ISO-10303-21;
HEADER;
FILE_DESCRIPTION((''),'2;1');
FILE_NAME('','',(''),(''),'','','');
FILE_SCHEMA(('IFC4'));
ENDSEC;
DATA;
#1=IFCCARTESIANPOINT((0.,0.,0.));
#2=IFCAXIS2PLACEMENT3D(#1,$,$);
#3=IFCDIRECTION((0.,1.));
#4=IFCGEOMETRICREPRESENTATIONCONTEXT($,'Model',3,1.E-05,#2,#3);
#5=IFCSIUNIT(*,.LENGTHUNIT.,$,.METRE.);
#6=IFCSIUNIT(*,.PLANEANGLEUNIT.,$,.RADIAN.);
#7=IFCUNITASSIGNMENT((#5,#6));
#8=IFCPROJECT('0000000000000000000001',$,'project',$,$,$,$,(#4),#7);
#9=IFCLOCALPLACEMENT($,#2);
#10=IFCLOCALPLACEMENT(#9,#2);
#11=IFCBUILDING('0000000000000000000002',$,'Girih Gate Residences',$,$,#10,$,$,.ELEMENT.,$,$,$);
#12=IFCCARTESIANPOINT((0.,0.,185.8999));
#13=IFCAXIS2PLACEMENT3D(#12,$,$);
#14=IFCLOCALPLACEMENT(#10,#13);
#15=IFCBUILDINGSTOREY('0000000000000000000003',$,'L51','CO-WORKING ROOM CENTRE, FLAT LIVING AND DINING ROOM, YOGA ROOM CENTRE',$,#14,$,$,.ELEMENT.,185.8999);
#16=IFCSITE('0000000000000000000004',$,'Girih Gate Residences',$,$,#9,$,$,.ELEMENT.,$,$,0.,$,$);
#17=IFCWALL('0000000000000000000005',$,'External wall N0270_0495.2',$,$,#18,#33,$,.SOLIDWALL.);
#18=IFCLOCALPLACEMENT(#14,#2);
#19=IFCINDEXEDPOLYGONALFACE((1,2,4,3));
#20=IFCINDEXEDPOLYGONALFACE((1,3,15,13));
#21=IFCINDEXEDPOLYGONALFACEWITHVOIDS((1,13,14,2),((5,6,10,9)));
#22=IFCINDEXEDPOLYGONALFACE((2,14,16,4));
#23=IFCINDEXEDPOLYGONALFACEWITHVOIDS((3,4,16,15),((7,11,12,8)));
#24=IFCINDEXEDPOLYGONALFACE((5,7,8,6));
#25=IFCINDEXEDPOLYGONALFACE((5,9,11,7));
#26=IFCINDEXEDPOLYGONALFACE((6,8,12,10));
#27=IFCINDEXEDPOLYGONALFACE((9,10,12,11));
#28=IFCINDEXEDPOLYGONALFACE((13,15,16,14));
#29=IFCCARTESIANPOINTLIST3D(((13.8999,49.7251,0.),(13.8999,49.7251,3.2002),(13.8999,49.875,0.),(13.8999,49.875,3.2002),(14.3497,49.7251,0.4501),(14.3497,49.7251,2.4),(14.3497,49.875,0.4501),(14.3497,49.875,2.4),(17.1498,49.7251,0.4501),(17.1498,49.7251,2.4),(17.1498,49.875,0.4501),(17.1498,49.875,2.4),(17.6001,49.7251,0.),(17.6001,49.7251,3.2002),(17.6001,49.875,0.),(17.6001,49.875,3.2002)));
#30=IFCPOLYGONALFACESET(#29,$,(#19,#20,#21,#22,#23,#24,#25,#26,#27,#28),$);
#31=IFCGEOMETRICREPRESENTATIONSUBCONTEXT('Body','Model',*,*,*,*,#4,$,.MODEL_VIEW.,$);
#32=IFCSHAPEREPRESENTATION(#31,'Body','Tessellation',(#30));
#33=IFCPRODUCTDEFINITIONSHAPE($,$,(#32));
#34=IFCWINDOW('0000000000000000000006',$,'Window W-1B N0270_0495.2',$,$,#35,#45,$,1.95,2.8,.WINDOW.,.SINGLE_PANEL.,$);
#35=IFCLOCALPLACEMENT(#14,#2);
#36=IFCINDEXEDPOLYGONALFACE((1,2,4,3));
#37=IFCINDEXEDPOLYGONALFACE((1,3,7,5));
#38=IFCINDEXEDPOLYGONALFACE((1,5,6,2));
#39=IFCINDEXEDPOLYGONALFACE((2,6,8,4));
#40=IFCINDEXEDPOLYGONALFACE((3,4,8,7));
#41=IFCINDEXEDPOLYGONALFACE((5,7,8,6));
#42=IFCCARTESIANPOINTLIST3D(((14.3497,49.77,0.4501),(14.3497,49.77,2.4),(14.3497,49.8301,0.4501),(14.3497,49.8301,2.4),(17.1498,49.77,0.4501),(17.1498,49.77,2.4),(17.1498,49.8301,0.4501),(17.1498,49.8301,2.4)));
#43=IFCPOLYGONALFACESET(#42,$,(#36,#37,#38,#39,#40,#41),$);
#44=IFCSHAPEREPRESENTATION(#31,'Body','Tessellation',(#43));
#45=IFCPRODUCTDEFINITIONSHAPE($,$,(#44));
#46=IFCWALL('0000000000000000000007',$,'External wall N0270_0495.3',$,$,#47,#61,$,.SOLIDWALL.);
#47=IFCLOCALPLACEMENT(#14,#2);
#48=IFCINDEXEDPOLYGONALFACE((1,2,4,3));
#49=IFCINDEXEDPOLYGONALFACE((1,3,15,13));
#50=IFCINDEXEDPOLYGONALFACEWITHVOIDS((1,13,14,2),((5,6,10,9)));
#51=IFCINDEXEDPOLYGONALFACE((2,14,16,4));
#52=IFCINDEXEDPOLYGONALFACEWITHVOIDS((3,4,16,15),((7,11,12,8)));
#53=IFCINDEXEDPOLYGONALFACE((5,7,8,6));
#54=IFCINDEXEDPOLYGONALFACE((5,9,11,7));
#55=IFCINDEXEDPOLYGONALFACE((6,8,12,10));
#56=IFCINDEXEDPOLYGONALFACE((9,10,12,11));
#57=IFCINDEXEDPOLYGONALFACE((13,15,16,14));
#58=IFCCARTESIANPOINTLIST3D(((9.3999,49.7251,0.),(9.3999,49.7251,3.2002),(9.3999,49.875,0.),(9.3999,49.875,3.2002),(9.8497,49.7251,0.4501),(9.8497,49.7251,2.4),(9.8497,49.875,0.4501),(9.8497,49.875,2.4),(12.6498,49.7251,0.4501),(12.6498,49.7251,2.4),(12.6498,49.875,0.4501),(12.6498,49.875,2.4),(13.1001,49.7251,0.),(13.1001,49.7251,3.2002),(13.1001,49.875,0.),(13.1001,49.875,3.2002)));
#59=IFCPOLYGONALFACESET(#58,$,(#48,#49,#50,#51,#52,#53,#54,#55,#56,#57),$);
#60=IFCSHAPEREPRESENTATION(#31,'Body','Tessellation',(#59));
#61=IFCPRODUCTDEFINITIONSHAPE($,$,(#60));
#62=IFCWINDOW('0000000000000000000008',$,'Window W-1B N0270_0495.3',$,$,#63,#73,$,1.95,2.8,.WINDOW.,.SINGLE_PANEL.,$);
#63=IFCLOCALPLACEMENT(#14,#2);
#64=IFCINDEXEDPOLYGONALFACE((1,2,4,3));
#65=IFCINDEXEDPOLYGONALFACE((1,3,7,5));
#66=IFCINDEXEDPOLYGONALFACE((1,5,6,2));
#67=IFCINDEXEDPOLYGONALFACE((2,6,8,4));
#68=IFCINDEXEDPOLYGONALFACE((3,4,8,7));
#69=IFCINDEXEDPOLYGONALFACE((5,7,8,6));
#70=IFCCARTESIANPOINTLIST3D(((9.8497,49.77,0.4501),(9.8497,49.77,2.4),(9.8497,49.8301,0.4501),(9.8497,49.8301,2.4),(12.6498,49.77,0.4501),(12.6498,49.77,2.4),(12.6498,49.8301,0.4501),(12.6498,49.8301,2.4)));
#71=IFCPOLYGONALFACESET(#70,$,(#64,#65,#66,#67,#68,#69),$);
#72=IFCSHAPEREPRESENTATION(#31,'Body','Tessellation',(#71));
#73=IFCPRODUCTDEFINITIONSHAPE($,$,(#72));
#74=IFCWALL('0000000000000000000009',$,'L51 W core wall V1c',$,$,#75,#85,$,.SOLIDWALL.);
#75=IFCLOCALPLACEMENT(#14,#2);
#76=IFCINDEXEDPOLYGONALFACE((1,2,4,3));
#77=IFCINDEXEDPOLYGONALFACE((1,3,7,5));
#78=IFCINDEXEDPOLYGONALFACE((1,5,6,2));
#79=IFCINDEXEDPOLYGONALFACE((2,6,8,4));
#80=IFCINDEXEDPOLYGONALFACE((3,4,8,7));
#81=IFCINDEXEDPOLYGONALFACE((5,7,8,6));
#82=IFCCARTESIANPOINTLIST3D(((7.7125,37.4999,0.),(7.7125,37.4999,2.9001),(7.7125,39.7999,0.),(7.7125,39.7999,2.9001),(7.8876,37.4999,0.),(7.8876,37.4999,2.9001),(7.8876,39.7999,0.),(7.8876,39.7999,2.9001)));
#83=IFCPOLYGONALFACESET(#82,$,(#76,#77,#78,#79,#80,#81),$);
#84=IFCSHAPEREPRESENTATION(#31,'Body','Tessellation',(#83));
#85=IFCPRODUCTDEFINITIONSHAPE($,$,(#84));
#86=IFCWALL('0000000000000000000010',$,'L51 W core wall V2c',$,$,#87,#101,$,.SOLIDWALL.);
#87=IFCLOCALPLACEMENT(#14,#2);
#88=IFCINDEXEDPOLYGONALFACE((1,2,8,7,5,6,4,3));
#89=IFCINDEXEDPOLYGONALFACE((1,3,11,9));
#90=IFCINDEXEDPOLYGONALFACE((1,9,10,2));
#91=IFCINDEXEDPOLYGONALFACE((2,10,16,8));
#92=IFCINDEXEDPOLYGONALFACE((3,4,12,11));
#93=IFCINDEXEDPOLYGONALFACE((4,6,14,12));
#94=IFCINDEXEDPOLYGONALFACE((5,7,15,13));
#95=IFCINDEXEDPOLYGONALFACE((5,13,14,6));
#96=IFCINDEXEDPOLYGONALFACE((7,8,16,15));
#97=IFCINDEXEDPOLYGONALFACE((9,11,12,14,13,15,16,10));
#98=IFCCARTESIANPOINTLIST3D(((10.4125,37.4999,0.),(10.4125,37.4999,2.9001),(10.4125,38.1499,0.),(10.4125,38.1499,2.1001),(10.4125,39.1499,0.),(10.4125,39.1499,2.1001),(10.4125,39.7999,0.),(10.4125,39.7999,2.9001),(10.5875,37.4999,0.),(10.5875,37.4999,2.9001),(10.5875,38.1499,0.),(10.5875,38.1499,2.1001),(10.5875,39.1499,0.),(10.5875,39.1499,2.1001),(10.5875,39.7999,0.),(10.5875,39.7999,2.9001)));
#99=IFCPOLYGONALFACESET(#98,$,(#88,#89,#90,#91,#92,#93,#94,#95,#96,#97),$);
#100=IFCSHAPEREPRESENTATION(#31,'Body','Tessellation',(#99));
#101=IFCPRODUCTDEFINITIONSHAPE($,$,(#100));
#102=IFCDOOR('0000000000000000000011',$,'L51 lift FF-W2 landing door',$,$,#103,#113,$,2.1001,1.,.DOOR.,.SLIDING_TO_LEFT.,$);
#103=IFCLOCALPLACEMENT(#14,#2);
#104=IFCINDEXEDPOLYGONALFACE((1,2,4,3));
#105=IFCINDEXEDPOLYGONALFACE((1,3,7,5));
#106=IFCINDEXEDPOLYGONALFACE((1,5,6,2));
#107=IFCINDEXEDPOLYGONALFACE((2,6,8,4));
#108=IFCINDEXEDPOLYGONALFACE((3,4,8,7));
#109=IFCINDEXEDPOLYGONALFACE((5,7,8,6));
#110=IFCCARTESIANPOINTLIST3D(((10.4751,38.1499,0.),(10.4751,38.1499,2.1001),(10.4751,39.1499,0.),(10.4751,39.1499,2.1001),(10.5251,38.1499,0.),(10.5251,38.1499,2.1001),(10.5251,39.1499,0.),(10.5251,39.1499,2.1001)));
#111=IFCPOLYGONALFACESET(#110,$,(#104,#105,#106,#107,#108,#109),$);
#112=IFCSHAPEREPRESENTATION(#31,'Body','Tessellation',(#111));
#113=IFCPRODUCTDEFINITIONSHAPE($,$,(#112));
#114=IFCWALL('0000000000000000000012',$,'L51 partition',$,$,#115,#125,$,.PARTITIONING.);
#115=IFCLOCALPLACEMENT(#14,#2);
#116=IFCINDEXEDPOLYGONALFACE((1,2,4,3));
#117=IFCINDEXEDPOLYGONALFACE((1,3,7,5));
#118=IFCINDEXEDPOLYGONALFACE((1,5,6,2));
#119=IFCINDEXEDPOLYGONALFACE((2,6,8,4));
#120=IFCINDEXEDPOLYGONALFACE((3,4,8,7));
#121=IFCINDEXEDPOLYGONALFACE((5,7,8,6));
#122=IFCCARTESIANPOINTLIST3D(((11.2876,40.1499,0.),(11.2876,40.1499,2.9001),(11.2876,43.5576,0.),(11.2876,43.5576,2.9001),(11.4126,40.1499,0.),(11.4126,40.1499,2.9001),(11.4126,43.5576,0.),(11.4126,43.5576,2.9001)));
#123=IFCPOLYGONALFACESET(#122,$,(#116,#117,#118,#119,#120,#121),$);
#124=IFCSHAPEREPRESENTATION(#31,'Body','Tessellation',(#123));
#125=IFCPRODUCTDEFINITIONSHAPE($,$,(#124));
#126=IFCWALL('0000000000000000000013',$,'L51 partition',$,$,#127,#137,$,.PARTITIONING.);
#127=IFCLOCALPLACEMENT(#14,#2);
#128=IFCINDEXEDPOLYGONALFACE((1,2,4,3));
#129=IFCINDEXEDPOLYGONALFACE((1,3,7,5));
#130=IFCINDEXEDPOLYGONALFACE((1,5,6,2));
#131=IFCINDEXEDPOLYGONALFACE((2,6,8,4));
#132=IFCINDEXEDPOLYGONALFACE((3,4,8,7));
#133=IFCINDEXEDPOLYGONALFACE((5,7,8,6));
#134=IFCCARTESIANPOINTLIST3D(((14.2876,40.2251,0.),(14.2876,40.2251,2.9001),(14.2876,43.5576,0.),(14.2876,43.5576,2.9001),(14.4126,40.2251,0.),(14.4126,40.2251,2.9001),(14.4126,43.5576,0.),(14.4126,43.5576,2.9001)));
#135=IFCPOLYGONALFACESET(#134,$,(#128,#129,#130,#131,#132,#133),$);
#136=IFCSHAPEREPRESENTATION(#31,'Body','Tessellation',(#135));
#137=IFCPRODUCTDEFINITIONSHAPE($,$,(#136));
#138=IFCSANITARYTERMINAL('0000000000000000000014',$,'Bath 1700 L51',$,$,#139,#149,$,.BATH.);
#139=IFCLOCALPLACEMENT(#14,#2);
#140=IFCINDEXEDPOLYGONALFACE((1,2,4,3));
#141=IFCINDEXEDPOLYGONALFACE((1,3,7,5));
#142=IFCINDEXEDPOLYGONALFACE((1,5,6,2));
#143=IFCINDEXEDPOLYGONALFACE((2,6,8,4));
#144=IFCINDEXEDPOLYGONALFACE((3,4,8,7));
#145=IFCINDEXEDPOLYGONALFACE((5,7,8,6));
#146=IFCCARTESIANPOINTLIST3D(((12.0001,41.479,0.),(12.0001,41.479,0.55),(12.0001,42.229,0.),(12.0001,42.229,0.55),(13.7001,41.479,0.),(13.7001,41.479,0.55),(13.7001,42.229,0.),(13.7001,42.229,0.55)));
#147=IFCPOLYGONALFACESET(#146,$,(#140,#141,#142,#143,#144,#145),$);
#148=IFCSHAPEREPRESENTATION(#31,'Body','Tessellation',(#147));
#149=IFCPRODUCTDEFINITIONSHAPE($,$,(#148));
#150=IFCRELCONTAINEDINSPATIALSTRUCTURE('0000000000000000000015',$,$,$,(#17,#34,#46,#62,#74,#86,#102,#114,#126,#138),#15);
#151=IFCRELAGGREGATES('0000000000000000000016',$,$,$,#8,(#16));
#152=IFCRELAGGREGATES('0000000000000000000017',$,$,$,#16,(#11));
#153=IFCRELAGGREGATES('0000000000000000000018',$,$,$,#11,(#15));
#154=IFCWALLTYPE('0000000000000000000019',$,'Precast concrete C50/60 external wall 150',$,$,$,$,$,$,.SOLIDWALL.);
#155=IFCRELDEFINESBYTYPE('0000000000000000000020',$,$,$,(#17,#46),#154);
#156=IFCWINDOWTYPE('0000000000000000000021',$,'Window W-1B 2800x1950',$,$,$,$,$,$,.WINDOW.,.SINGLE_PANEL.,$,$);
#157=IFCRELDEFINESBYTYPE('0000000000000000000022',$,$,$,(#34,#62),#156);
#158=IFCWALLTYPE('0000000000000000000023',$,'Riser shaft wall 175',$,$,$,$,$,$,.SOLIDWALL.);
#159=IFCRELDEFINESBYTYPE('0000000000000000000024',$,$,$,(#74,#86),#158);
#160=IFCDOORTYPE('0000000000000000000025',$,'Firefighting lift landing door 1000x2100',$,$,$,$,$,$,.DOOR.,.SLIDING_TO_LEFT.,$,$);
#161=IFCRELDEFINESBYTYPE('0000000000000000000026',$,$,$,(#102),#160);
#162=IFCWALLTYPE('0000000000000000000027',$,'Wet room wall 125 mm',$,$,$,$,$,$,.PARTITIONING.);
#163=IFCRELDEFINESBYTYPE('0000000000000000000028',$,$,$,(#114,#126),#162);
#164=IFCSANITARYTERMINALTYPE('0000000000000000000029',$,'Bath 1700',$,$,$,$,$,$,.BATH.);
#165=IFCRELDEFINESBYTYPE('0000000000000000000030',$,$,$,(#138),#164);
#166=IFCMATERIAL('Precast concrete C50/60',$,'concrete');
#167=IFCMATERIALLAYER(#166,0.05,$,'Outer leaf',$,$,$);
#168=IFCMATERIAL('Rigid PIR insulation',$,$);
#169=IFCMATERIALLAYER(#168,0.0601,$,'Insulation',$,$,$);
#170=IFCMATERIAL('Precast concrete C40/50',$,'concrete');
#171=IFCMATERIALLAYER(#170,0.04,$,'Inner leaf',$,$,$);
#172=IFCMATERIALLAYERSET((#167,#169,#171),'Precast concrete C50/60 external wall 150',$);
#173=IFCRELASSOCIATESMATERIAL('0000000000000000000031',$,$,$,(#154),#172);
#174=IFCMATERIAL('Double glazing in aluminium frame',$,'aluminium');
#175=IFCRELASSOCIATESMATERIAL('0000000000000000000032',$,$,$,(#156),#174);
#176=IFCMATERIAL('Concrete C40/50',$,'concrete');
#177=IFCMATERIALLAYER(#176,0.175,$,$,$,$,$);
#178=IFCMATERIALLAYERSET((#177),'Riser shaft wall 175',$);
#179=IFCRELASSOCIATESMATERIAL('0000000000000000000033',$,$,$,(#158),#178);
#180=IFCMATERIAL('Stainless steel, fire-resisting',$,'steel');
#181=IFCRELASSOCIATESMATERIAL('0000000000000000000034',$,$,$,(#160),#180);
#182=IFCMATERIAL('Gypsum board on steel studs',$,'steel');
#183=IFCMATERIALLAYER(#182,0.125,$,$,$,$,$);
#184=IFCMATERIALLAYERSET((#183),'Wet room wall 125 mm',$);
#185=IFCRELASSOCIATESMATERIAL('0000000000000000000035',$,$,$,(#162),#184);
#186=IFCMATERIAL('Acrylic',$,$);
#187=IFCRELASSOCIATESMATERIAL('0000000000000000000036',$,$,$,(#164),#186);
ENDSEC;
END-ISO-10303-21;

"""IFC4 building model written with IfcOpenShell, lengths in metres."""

from ifc_helpers import new_model, si_unit, direction, frame, frame_2d, origin, origin_2d, place, context, subcontext, project, spatial, rectangle, extrude, material, layer, layer_set, type_object, element, fill, save


model = new_model("IFC4")

# Units and contexts
model_context = context("Model", 3, precision=1e-05, world=origin(), true_north=direction((0.0, 1.0)))
body_context = subcontext(model_context, "Body", "Model", "MODEL_VIEW")
ifc_project = project(units=[si_unit("LENGTHUNIT", "METRE"), si_unit("PLANEANGLEUNIT", "RADIAN")], contexts=[model_context])

# Site, building, storey
site_placement = place(None, origin())
site = spatial("IfcSite", under=ifc_project, at=site_placement, Name="Girih Gate Residences", CompositionType="ELEMENT", RefElevation=0.0)
building_placement = place(site_placement, origin())
building = spatial("IfcBuilding", under=site, at=building_placement, Name="Girih Gate Residences", CompositionType="ELEMENT")
storey_placement = place(building_placement, frame((0.0, 0.0, 185.8999)))
storey = spatial("IfcBuildingStorey", under=building, at=storey_placement, Name="L51", Description="CO-WORKING ROOM CENTRE, FLAT LIVING AND DINING ROOM, YOGA ROOM CENTRE", CompositionType="ELEMENT", Elevation=185.8999)

# Shared definitions
ifc_material_1 = material(Name="Gypsum board on steel studs", Category="steel")

# Walls, openings, windows
ifc_material_2 = material(Name="Precast concrete C50/60", Category="concrete")
ifc_layer_1 = layer(ifc_material_2, 0.05, Name="Outer leaf")
ifc_material_3 = material(Name="Rigid PIR insulation")
ifc_layer_2 = layer(ifc_material_3, 0.0601, Name="Insulation")
ifc_material_4 = material(Name="Precast concrete C40/50", Category="concrete")
ifc_layer_3 = layer(ifc_material_4, 0.04, Name="Inner leaf")
ifc_layer_set_1 = layer_set([ifc_layer_1, ifc_layer_2, ifc_layer_3], Name="Precast concrete C50/60 external wall 150")
wall_type_1 = type_object("IfcWallType", Name="Precast concrete C50/60 external wall 150", PredefinedType="SOLIDWALL", material=ifc_layer_set_1)
wall_1_placement = place(storey_placement, frame((13.8999, 49.8, 0.0), z_axis=(0.0, 0.0, 1.0), x_axis=(1.0, 0.0, 0.0)))
wall_1 = element("IfcWall", 1, at=wall_1_placement, inside=storey, type_object=wall_type_1, Name="External wall N0270_0495.2", PredefinedType="SOLIDWALL", context=body_context, shape_type="SweptSolid", body=[
    extrude(rectangle(XDim=3.7002, YDim=0.1499, at=frame_2d((1.8501, 0.0))), origin(), (0.0, 0.0, 1.0), 3.2002),
])
opening_1_placement = place(wall_1_placement, frame((0.45, 0.0, 0.45)))
opening_1 = element("IfcOpeningElement", 2, at=opening_1_placement, cuts=wall_1, PredefinedType="OPENING", context=body_context, shape_type="SweptSolid", body=[
    extrude(rectangle(XDim=2.8, YDim=1.95, at=frame_2d((1.3999, 0.9751))), frame((0.0, 0.085, 0.0), z_axis=(0.0, -1.0, 0.0), x_axis=(1.0, 0.0, 0.0)), (0.0, 0.0, 1.0), 0.1699),
])
ifc_material_5 = material(Name="Double glazing in aluminium frame", Category="aluminium")
window_type = type_object("IfcWindowType", Name="Window W-1B 2800x1950", PartitioningType="SINGLE_PANEL", PredefinedType="WINDOW", material=ifc_material_5)
window_1_placement = place(opening_1_placement, origin())
window_1 = element("IfcWindow", 3, at=window_1_placement, inside=storey, type_object=window_type, Name="Window W-1B N0270_0495.2", OverallHeight=1.95, OverallWidth=2.8, PartitioningType="SINGLE_PANEL", PredefinedType="WINDOW", context=body_context, shape_type="SweptSolid", body=[
    extrude(rectangle(XDim=2.8, YDim=1.95, at=frame_2d((1.3999, 0.9751))), frame((0.0, 0.03, 0.0), z_axis=(0.0, -1.0, 0.0), x_axis=(1.0, 0.0, 0.0)), (0.0, 0.0, 1.0), 0.0601),
])
fill(opening_1, window_1)
wall_2_placement = place(storey_placement, frame((9.3999, 49.8, 0.0), z_axis=(0.0, 0.0, 1.0), x_axis=(1.0, 0.0, 0.0)))
wall_2 = element("IfcWall", 4, at=wall_2_placement, inside=storey, type_object=wall_type_1, Name="External wall N0270_0495.3", PredefinedType="SOLIDWALL", context=body_context, shape_type="SweptSolid", body=[
    extrude(rectangle(XDim=3.7002, YDim=0.1499, at=frame_2d((1.8501, 0.0))), origin(), (0.0, 0.0, 1.0), 3.2002),
])
opening_2_placement = place(wall_2_placement, frame((0.45, 0.0, 0.45)))
opening_2 = element("IfcOpeningElement", 5, at=opening_2_placement, cuts=wall_2, PredefinedType="OPENING", context=body_context, shape_type="SweptSolid", body=[
    extrude(rectangle(XDim=2.8, YDim=1.95, at=frame_2d((1.3999, 0.9751))), frame((0.0, 0.085, 0.0), z_axis=(0.0, -1.0, 0.0), x_axis=(1.0, 0.0, 0.0)), (0.0, 0.0, 1.0), 0.1699),
])
window_2_placement = place(opening_2_placement, origin())
window_2 = element("IfcWindow", 6, at=window_2_placement, inside=storey, type_object=window_type, Name="Window W-1B N0270_0495.3", OverallHeight=1.95, OverallWidth=2.8, PartitioningType="SINGLE_PANEL", PredefinedType="WINDOW", context=body_context, shape_type="SweptSolid", body=[
    extrude(rectangle(XDim=2.8, YDim=1.95, at=frame_2d((1.3999, 0.9751))), frame((0.0, 0.03, 0.0), z_axis=(0.0, -1.0, 0.0), x_axis=(1.0, 0.0, 0.0)), (0.0, 0.0, 1.0), 0.0601),
])
fill(opening_2, window_2)

# Wall
ifc_material_6 = material(Name="Concrete C40/50", Category="concrete")
ifc_layer_4 = layer(ifc_material_6, 0.175)
ifc_layer_set_2 = layer_set([ifc_layer_4], Name="Riser shaft wall 175")
wall_type_2 = type_object("IfcWallType", Name="Riser shaft wall 175", PredefinedType="SOLIDWALL", material=ifc_layer_set_2)
wall_3_placement = place(storey_placement, frame((7.8, 37.5, 0.0), z_axis=(0.0, 0.0, 1.0), x_axis=(0.0, 1.0, 0.0)))
element("IfcWall", 7, at=wall_3_placement, inside=storey, type_object=wall_type_2, Name="L51 W core wall V1c", PredefinedType="SOLIDWALL", context=body_context, shape_type="SweptSolid", body=[
    extrude(rectangle(XDim=2.3, YDim=0.175, at=frame_2d((1.1499, 0.0))), origin(), (0.0, 0.0, 1.0), 2.9001),
])

# Wall, opening, door
wall_4_placement = place(storey_placement, frame((10.5, 37.5, 0.0), z_axis=(0.0, 0.0, 1.0), x_axis=(0.0, 1.0, 0.0)))
wall_4 = element("IfcWall", 8, at=wall_4_placement, inside=storey, type_object=wall_type_2, Name="L51 W core wall V2c", PredefinedType="SOLIDWALL", context=body_context, shape_type="SweptSolid", body=[
    extrude(rectangle(XDim=2.3, YDim=0.175, at=frame_2d((1.1499, 0.0))), origin(), (0.0, 0.0, 1.0), 2.9001),
])
opening_3_placement = place(wall_4_placement, frame((0.6499, 0.0, 0.0)))
opening_3 = element("IfcOpeningElement", 9, at=opening_3_placement, cuts=wall_4, PredefinedType="OPENING", context=body_context, shape_type="SweptSolid", body=[
    extrude(rectangle(XDim=1.0, YDim=2.1001, at=frame_2d((0.5, 1.05))), frame((0.0, 0.0974, 0.0), z_axis=(0.0, -1.0, 0.0), x_axis=(1.0, 0.0, 0.0)), (0.0, 0.0, 1.0), 0.1951),
])
ifc_material_7 = material(Name="Stainless steel, fire-resisting", Category="steel")
door_type_1 = type_object("IfcDoorType", Name="Firefighting lift landing door 1000x2100", OperationType="SLIDING_TO_LEFT", PredefinedType="DOOR", material=ifc_material_7)
door_1_placement = place(opening_3_placement, origin())
door_1 = element("IfcDoor", 10, at=door_1_placement, inside=storey, type_object=door_type_1, Name="L51 lift FF-W2 landing door", OperationType="SLIDING_TO_LEFT", OverallHeight=2.1001, OverallWidth=1.0, PredefinedType="DOOR", context=body_context, shape_type="SweptSolid", body=[
    extrude(rectangle(XDim=1.0, YDim=2.1001, at=frame_2d((0.5, 1.05))), frame((0.0, 0.0249, 0.0), z_axis=(0.0, -1.0, 0.0), x_axis=(1.0, 0.0, 0.0)), (0.0, 0.0, 1.0), 0.05),
])
fill(opening_3, door_1)

# Walls
ifc_layer_5 = layer(ifc_material_1, 0.125)
ifc_layer_set_3 = layer_set([ifc_layer_5], Name="Wet room wall 125 mm")
wall_type_3 = type_object("IfcWallType", Name="Wet room wall 125 mm", PredefinedType="PARTITIONING", material=ifc_layer_set_3)
wall_5_placement = place(storey_placement, frame((11.3501, 40.1499, 0.0), z_axis=(0.0, 0.0, 1.0), x_axis=(0.0, 1.0, 0.0)))
element("IfcWall", 11, at=wall_5_placement, inside=storey, type_object=wall_type_3, Name="L51 partition", PredefinedType="PARTITIONING", context=body_context, shape_type="SweptSolid", body=[
    extrude(rectangle(XDim=3.4077, YDim=0.125, at=frame_2d((1.7039, 0.0))), origin(), (0.0, 0.0, 1.0), 2.9001),
])
wall_6_placement = place(storey_placement, frame((14.3501, 40.2251, 0.0), z_axis=(0.0, 0.0, 1.0), x_axis=(0.0, 1.0, 0.0)))
element("IfcWall", 12, at=wall_6_placement, inside=storey, type_object=wall_type_3, Name="L51 partition", PredefinedType="PARTITIONING", context=body_context, shape_type="SweptSolid", body=[
    extrude(rectangle(XDim=3.3325, YDim=0.125, at=frame_2d((1.6663, 0.0))), origin(), (0.0, 0.0, 1.0), 2.9001),
])

# Sanitary terminal
ifc_material_8 = material(Name="Acrylic")
sanitary_terminal_type = type_object("IfcSanitaryTerminalType", Name="Bath 1700", PredefinedType="BATH", material=ifc_material_8)
sanitary_terminal_placement = place(storey_placement, frame((12.8501, 41.854, 0.0), z_axis=(0.0, 0.0, 1.0), x_axis=(1.0, 0.0, 0.0)))
element("IfcSanitaryTerminal", 13, at=sanitary_terminal_placement, inside=storey, type_object=sanitary_terminal_type, Name="Bath 1700 L51", PredefinedType="BATH", context=body_context, shape_type="SweptSolid", body=[
    extrude(rectangle(XDim=1.7, YDim=0.75, at=origin_2d()), origin(), (0.0, 0.0, 1.0), 0.55),
])

save(model, "model.ifc")
